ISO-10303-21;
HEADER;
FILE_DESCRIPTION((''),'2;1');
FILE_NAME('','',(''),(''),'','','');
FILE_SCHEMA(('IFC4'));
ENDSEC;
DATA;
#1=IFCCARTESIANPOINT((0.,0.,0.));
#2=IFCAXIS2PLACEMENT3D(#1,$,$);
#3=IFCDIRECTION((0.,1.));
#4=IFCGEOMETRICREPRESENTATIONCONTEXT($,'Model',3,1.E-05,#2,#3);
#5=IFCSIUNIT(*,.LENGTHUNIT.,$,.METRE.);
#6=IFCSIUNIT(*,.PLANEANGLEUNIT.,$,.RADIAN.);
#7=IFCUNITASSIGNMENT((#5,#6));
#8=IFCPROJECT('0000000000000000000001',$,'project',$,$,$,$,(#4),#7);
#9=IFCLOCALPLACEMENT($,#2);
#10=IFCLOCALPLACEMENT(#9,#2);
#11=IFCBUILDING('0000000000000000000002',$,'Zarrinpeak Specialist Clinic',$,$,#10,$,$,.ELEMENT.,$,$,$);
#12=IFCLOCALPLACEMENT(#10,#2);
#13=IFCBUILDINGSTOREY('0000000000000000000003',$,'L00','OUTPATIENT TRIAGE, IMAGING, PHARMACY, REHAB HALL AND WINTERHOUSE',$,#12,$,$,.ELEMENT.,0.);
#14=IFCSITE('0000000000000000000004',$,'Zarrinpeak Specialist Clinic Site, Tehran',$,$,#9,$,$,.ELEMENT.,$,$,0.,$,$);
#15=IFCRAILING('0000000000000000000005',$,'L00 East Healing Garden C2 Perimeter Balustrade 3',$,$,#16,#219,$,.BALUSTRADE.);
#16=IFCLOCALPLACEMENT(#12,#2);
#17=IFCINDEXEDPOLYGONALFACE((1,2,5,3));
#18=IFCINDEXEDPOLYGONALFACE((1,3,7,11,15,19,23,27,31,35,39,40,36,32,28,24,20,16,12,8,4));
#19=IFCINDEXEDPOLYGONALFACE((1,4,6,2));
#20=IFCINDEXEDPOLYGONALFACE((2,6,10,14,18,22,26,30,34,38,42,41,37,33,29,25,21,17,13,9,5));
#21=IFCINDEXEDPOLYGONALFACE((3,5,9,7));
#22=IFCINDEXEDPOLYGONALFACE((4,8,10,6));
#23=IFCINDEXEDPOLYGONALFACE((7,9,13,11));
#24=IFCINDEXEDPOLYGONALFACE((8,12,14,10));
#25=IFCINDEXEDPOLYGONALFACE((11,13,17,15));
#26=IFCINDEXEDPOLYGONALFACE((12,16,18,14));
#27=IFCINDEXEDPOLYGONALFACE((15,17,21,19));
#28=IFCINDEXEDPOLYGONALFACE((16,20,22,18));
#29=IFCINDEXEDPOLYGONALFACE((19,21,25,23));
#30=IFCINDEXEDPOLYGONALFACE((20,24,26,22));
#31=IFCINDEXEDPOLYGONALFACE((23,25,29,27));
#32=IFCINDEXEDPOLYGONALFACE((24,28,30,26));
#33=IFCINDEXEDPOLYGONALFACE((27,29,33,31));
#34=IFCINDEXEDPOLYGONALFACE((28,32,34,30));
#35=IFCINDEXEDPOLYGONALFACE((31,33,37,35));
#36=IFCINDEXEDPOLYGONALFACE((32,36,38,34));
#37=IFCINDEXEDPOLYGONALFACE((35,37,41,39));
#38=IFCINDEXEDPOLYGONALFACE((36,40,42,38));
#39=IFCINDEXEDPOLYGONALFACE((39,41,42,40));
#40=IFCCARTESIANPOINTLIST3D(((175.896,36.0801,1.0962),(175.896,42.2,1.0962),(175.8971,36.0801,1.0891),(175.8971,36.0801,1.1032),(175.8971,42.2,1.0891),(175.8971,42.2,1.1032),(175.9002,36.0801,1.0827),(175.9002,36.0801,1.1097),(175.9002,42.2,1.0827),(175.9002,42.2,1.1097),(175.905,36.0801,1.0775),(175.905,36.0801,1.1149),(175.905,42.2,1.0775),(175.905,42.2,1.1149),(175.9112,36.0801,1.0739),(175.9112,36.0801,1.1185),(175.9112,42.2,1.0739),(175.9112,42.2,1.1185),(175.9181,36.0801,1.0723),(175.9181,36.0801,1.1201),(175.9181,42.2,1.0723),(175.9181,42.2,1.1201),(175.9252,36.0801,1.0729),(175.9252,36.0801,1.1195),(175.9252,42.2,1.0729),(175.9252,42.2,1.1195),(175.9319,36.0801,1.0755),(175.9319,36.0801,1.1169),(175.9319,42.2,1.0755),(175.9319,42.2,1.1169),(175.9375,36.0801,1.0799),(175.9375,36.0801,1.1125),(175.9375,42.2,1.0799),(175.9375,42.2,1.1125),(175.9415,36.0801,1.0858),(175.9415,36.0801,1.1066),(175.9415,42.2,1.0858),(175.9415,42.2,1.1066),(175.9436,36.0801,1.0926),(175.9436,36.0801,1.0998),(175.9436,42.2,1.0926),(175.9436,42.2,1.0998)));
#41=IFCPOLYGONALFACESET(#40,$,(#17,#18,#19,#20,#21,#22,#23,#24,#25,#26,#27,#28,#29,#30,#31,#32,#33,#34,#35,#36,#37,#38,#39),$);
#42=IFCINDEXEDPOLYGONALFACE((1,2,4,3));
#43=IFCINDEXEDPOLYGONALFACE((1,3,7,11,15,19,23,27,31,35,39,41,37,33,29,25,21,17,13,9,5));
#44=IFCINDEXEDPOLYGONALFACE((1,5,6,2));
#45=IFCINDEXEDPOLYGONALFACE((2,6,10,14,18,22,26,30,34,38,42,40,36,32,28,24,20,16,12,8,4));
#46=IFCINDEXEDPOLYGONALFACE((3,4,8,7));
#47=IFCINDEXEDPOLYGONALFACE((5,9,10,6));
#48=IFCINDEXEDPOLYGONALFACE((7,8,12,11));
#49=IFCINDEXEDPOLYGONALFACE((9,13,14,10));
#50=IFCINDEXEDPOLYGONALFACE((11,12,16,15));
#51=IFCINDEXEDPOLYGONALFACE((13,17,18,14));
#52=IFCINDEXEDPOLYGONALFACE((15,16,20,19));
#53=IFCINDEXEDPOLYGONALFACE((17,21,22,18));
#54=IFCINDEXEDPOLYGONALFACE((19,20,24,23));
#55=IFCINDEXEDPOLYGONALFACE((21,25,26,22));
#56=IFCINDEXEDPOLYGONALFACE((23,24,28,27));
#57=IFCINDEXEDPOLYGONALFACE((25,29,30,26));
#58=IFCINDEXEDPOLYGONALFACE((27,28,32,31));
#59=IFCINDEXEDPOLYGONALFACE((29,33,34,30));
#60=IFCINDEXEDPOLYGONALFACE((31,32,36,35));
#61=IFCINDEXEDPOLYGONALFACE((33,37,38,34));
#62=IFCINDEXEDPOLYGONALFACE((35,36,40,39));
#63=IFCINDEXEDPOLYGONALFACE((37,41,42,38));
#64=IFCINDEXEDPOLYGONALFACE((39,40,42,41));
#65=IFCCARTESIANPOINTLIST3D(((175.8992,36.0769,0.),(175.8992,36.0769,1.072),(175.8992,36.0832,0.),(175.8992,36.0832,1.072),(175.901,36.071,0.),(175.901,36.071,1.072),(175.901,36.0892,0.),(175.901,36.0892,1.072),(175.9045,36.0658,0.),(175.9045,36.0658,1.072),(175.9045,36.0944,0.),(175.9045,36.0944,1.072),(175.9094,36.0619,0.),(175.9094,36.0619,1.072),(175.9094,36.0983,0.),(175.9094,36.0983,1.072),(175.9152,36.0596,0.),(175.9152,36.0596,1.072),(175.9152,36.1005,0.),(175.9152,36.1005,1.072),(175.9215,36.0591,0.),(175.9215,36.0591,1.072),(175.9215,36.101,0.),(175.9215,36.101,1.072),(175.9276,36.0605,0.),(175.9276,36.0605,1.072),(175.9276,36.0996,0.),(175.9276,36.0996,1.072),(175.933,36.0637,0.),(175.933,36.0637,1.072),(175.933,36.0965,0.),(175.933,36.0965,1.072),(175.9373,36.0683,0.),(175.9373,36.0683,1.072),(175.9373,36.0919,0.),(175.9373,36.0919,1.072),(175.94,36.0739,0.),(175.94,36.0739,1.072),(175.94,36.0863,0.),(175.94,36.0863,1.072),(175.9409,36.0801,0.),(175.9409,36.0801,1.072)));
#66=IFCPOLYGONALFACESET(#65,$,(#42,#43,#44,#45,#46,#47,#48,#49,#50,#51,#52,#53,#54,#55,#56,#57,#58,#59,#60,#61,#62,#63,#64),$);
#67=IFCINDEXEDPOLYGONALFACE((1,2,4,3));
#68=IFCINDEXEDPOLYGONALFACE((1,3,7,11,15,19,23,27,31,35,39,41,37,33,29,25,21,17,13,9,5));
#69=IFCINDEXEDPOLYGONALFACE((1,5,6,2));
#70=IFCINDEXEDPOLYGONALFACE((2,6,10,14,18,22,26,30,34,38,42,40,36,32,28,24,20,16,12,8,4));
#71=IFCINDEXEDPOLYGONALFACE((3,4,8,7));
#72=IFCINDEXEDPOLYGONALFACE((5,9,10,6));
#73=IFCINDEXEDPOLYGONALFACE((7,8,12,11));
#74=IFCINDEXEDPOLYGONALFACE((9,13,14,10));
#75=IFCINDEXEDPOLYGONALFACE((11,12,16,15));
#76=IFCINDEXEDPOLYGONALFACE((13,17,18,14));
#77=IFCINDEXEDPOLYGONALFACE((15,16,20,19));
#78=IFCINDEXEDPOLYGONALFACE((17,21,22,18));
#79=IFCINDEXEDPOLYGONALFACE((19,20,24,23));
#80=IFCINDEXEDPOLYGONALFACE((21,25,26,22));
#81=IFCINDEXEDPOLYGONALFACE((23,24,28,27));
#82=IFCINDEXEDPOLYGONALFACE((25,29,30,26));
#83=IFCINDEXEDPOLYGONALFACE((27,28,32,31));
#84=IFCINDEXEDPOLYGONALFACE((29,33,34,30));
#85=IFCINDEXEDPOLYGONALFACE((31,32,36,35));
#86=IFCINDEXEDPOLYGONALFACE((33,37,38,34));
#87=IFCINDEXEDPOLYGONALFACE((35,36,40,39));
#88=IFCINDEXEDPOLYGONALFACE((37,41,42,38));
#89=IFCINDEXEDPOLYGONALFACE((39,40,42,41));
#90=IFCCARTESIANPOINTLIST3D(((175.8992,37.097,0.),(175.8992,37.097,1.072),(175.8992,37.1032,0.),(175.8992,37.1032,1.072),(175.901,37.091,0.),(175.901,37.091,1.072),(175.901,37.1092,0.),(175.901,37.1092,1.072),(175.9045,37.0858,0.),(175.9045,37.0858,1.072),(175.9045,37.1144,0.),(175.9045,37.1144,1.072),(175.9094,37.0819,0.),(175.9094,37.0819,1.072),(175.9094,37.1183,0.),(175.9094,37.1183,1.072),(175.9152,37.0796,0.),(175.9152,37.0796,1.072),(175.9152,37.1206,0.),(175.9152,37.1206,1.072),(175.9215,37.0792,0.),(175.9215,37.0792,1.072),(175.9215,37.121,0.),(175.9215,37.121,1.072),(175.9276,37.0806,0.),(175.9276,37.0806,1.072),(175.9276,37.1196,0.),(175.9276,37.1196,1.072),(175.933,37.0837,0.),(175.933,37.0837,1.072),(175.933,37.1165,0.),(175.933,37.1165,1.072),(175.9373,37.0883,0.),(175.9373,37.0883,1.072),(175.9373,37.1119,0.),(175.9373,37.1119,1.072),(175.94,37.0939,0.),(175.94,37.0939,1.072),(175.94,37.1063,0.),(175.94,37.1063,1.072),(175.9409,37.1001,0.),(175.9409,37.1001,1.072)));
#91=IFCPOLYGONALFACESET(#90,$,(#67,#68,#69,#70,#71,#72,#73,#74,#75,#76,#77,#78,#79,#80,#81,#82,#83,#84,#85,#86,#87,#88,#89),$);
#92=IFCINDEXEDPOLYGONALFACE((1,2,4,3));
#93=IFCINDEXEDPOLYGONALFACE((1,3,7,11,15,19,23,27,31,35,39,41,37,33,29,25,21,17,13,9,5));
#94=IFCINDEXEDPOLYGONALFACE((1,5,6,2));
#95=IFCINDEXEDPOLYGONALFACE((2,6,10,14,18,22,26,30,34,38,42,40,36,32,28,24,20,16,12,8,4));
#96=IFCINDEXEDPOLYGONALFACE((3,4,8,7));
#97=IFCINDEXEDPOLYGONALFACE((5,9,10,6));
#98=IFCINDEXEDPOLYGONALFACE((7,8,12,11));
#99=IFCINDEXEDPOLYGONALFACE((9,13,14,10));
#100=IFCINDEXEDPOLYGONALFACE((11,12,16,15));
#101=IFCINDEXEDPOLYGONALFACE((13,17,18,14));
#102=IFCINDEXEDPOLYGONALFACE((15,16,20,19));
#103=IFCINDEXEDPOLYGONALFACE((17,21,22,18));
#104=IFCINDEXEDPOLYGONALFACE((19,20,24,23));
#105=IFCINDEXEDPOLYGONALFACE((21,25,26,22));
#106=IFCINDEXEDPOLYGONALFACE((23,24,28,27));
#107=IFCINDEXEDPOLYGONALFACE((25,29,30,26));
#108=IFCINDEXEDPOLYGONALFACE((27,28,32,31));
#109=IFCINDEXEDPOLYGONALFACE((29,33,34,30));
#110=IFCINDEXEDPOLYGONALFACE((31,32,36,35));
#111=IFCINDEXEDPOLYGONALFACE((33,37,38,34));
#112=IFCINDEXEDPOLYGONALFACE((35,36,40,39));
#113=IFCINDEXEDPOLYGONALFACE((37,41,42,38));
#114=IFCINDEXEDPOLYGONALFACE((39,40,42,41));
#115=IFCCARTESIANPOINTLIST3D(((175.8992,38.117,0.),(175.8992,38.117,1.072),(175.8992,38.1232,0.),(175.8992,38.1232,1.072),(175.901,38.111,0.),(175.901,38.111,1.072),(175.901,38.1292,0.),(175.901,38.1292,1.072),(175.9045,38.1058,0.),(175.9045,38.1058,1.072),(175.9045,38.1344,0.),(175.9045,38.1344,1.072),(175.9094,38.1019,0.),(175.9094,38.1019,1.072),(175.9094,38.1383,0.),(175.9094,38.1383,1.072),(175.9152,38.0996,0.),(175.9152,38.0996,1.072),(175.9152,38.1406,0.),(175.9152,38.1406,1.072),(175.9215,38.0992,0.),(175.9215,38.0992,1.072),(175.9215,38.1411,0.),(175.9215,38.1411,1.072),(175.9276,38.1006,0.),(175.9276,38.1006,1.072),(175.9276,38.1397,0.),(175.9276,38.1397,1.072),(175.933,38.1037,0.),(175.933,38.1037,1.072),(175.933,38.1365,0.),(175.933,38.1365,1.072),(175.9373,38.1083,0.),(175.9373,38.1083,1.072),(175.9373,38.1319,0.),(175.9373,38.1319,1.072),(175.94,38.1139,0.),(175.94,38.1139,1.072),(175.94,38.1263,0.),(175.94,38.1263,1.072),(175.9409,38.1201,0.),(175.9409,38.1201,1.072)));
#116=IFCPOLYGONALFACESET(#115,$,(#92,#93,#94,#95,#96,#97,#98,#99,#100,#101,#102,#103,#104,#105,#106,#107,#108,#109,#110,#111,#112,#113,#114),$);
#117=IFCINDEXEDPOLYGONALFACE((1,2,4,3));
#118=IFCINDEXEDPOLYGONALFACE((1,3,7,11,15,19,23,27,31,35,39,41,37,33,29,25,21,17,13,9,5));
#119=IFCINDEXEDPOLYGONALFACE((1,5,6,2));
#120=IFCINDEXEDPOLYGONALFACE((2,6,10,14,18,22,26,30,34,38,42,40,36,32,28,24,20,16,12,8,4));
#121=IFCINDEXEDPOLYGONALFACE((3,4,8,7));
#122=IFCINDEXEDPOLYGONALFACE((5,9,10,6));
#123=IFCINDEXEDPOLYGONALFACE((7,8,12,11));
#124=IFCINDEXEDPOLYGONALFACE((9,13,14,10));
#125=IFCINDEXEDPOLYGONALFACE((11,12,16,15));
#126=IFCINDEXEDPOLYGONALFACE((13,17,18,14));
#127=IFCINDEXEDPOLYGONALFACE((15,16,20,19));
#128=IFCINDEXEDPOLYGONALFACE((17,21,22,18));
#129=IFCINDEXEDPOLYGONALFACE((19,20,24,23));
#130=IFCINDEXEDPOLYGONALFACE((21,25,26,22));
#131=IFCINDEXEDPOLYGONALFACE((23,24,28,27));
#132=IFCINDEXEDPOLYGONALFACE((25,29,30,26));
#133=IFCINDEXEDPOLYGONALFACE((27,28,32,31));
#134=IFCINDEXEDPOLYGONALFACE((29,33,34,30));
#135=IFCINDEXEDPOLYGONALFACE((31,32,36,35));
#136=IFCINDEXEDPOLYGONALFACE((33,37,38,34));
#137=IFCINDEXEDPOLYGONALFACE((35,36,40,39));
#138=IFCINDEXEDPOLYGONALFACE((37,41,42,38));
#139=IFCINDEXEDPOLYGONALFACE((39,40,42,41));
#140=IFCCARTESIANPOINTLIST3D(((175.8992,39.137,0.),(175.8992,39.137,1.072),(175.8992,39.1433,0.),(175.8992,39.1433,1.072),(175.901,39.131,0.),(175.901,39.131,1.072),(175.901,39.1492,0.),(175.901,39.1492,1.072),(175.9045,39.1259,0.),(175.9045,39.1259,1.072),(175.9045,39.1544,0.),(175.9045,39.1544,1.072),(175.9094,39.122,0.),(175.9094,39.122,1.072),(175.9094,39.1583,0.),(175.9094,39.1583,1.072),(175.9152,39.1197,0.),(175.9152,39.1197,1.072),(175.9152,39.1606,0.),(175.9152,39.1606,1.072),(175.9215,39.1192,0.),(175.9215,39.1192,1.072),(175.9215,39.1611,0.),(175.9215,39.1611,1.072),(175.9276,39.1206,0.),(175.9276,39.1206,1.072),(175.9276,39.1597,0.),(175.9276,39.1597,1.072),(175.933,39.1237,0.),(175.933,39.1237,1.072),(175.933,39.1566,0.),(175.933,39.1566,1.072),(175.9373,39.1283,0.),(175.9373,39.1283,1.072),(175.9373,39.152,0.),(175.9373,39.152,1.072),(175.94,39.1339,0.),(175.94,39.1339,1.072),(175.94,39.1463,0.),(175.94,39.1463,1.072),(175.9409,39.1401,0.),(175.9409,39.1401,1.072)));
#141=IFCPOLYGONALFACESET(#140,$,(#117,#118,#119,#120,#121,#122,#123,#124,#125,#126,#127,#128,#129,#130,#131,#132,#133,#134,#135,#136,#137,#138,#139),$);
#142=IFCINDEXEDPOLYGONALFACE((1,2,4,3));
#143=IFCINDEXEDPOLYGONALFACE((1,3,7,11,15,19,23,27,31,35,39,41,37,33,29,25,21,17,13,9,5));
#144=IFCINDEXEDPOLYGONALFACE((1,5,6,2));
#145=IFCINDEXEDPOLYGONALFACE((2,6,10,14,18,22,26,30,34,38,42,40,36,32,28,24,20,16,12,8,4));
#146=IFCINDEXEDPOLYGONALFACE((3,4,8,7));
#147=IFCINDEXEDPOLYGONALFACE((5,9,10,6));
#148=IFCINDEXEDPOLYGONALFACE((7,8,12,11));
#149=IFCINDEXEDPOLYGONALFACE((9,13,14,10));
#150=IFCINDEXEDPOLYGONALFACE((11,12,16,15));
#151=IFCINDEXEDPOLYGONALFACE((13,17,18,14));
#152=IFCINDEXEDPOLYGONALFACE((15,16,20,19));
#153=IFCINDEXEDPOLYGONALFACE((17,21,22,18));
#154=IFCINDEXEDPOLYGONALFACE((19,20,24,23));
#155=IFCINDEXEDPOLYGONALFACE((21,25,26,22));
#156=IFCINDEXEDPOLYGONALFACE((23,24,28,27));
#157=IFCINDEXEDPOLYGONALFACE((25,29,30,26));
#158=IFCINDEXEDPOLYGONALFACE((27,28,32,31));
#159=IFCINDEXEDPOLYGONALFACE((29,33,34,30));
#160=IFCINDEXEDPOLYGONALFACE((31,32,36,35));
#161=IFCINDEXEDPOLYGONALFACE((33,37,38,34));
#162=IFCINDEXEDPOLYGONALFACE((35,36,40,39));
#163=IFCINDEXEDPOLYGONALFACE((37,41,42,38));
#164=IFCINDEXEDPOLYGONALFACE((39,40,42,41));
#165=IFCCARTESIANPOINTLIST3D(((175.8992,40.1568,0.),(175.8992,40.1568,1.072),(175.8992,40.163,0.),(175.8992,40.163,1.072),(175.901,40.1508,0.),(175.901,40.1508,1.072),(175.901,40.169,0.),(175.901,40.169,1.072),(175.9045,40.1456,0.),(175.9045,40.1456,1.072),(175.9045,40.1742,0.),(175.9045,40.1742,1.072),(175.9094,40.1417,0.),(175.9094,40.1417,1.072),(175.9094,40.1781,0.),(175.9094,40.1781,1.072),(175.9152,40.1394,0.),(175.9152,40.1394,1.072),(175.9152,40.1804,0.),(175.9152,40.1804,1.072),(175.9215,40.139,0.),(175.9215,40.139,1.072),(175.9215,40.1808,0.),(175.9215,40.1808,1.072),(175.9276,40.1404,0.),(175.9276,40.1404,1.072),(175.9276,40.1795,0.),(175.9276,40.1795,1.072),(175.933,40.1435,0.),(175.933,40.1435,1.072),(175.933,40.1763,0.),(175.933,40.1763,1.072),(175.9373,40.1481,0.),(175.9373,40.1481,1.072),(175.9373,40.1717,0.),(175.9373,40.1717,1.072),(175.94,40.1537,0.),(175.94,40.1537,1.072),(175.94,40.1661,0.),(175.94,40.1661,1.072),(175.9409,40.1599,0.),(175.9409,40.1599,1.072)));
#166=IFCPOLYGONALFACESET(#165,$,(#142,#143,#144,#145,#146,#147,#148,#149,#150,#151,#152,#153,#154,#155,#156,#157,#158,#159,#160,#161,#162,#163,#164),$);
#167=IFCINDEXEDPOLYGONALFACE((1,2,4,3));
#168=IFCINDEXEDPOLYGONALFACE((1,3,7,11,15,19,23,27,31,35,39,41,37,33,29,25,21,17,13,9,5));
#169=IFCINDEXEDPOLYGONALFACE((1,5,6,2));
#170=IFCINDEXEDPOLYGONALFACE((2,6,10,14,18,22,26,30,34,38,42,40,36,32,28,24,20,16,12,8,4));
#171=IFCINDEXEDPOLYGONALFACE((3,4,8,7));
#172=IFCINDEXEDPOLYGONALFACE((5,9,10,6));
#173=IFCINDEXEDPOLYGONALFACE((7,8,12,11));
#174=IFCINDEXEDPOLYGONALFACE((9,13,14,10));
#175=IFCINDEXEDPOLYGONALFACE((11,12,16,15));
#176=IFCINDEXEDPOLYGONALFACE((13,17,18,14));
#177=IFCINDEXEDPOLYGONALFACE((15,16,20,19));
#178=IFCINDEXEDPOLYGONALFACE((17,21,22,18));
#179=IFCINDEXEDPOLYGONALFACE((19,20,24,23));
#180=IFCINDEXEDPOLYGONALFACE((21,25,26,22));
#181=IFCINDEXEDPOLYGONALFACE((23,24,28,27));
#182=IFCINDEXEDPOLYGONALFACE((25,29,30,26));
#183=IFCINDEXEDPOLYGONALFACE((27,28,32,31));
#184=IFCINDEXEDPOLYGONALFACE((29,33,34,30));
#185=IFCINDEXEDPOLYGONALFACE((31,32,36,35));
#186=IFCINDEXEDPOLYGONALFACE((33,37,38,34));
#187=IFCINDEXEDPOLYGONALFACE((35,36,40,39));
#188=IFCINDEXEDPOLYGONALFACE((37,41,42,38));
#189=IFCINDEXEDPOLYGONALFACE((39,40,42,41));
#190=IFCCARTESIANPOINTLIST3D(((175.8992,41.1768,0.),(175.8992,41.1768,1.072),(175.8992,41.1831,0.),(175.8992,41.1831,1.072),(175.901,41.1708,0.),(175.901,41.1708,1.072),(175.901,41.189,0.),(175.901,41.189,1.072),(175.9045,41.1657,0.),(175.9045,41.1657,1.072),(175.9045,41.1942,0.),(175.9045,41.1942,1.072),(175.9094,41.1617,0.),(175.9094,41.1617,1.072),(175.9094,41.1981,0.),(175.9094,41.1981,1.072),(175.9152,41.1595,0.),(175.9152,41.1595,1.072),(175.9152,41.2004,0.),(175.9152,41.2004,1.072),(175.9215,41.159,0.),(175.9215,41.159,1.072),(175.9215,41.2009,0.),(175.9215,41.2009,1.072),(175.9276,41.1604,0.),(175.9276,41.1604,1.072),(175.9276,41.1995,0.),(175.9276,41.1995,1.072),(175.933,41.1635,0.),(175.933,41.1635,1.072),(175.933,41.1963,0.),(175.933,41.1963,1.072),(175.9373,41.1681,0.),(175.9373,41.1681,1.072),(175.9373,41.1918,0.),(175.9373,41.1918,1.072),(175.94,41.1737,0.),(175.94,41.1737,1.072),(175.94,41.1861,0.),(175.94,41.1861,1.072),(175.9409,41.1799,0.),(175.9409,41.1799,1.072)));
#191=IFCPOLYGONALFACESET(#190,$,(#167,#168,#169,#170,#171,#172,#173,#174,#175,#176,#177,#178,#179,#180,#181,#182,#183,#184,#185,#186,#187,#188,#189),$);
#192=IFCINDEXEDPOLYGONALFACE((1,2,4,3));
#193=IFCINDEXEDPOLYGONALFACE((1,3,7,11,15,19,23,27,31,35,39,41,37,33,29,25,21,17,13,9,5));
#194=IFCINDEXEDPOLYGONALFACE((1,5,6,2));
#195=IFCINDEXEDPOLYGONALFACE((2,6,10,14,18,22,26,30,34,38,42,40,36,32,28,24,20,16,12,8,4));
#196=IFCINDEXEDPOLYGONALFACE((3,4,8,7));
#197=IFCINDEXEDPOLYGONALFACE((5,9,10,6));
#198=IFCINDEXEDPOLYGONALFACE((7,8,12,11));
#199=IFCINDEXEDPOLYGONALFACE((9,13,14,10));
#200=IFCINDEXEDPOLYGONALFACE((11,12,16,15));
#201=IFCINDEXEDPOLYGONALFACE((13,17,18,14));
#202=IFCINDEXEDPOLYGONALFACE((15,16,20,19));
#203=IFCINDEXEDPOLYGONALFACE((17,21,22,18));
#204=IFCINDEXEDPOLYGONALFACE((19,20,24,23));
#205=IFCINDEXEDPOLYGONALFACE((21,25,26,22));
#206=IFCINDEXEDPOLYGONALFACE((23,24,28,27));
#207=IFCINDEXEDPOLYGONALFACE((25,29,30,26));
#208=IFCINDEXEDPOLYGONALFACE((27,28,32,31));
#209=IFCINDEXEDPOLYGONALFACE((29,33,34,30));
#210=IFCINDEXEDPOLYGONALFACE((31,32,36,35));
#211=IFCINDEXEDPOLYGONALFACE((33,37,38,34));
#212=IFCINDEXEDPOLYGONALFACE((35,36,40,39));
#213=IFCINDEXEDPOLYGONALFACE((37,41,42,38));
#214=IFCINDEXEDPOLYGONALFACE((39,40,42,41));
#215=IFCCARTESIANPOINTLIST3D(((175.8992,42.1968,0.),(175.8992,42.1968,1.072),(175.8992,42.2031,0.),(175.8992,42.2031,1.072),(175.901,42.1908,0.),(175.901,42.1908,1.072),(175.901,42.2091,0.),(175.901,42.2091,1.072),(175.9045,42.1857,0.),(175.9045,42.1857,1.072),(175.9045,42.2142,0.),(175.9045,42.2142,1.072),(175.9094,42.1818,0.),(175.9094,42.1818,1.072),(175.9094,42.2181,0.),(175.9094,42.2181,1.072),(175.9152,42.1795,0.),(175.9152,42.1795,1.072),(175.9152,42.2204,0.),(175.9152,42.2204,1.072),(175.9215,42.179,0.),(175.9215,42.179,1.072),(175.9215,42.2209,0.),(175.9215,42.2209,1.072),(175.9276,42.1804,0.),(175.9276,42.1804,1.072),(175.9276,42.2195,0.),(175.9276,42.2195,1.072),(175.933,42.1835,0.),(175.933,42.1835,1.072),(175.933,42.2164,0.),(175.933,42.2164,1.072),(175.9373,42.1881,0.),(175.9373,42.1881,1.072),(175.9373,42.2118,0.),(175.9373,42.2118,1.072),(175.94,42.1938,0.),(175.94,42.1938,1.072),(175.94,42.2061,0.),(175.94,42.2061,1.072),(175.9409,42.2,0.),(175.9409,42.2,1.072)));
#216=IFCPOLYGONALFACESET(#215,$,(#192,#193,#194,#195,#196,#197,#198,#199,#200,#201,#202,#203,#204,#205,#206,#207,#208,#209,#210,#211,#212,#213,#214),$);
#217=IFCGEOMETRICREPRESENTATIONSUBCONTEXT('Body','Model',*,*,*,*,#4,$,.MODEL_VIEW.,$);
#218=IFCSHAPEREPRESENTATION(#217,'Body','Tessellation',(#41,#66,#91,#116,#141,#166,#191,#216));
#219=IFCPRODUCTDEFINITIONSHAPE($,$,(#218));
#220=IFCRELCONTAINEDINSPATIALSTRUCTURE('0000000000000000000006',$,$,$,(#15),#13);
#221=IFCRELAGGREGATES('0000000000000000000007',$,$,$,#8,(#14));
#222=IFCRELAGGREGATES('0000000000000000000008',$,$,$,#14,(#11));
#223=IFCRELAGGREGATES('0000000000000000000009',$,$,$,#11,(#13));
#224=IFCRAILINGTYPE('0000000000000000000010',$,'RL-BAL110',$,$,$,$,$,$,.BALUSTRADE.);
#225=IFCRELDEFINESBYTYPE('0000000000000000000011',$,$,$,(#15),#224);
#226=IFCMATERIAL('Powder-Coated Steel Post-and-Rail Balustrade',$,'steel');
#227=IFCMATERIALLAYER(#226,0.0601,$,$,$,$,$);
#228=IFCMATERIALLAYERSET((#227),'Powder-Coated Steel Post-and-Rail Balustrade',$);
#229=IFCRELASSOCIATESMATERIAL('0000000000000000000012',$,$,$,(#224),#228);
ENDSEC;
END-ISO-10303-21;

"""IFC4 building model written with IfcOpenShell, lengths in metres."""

from ifc_helpers import new_model, si_unit, direction, frame, origin, origin_2d, place, context, subcontext, project, spatial, circle, extrude, material, layer, layer_set, type_object, element, save


model = new_model("IFC4")

# Units and contexts
model_context = context("Model", 3, precision=1e-05, world=origin(), true_north=direction((0.0, 1.0)))
body_context = subcontext(model_context, "Body", "Model", "MODEL_VIEW")
ifc_project = project(units=[si_unit("LENGTHUNIT", "METRE"), si_unit("PLANEANGLEUNIT", "RADIAN")], contexts=[model_context])

# Site, building, storey
site_placement = place(None, origin())
site = spatial("IfcSite", under=ifc_project, at=site_placement, Name="Zarrinpeak Specialist Clinic Site, Tehran", CompositionType="ELEMENT", RefElevation=0.0)
building_placement = place(site_placement, origin())
building = spatial("IfcBuilding", under=site, at=building_placement, Name="Zarrinpeak Specialist Clinic", CompositionType="ELEMENT")
storey_placement = place(building_placement, origin())
storey = spatial("IfcBuildingStorey", under=building, at=storey_placement, Name="L00", Description="OUTPATIENT TRIAGE, IMAGING, PHARMACY, REHAB HALL AND WINTERHOUSE", CompositionType="ELEMENT", Elevation=0.0)

# Railing
ifc_material_1 = material(Name="Powder-Coated Steel Post-and-Rail Balustrade", Category="steel")
ifc_layer_1 = layer(ifc_material_1, 0.0601)
ifc_layer_set_1 = layer_set([ifc_layer_1], Name="Powder-Coated Steel Post-and-Rail Balustrade")
railing_type_1 = type_object("IfcRailingType", Name="RL-BAL110", PredefinedType="BALUSTRADE", material=ifc_layer_set_1)
railing_1_placement = place(storey_placement, frame((175.9199, 36.0801, 0.0)))
element("IfcRailing", 1, at=railing_1_placement, inside=storey, type_object=railing_type_1, Name="L00 East Healing Garden C2 Perimeter Balustrade 3", PredefinedType="BALUSTRADE", context=body_context, shape_type="SweptSolid", body=[
    extrude(circle(Radius=0.0239, at=origin_2d()), frame((0.0, 0.0, 1.0962), z_axis=(0.0, 1.0, 0.0), x_axis=(-1.0, 0.0, 0.0)), (0.0, 0.0, 1.0), 6.1199),
    extrude(circle(Radius=0.021, at=origin_2d()), origin(), (0.0, 0.0, 1.0), 1.072),
    extrude(circle(Radius=0.021, at=origin_2d()), frame((0.0, 1.02, 0.0)), (0.0, 0.0, 1.0), 1.072),
    extrude(circle(Radius=0.021, at=origin_2d()), frame((0.0, 2.04, 0.0)), (0.0, 0.0, 1.0), 1.072),
    extrude(circle(Radius=0.021, at=origin_2d()), frame((0.0, 3.0601, 0.0)), (0.0, 0.0, 1.0), 1.072),
    extrude(circle(Radius=0.021, at=origin_2d()), frame((0.0, 4.0798, 0.0)), (0.0, 0.0, 1.0), 1.072),
    extrude(circle(Radius=0.021, at=origin_2d()), frame((0.0, 5.0999, 0.0)), (0.0, 0.0, 1.0), 1.072),
    extrude(circle(Radius=0.021, at=origin_2d()), frame((0.0, 6.1199, 0.0)), (0.0, 0.0, 1.0), 1.072),
])

save(model, "model.ifc")
